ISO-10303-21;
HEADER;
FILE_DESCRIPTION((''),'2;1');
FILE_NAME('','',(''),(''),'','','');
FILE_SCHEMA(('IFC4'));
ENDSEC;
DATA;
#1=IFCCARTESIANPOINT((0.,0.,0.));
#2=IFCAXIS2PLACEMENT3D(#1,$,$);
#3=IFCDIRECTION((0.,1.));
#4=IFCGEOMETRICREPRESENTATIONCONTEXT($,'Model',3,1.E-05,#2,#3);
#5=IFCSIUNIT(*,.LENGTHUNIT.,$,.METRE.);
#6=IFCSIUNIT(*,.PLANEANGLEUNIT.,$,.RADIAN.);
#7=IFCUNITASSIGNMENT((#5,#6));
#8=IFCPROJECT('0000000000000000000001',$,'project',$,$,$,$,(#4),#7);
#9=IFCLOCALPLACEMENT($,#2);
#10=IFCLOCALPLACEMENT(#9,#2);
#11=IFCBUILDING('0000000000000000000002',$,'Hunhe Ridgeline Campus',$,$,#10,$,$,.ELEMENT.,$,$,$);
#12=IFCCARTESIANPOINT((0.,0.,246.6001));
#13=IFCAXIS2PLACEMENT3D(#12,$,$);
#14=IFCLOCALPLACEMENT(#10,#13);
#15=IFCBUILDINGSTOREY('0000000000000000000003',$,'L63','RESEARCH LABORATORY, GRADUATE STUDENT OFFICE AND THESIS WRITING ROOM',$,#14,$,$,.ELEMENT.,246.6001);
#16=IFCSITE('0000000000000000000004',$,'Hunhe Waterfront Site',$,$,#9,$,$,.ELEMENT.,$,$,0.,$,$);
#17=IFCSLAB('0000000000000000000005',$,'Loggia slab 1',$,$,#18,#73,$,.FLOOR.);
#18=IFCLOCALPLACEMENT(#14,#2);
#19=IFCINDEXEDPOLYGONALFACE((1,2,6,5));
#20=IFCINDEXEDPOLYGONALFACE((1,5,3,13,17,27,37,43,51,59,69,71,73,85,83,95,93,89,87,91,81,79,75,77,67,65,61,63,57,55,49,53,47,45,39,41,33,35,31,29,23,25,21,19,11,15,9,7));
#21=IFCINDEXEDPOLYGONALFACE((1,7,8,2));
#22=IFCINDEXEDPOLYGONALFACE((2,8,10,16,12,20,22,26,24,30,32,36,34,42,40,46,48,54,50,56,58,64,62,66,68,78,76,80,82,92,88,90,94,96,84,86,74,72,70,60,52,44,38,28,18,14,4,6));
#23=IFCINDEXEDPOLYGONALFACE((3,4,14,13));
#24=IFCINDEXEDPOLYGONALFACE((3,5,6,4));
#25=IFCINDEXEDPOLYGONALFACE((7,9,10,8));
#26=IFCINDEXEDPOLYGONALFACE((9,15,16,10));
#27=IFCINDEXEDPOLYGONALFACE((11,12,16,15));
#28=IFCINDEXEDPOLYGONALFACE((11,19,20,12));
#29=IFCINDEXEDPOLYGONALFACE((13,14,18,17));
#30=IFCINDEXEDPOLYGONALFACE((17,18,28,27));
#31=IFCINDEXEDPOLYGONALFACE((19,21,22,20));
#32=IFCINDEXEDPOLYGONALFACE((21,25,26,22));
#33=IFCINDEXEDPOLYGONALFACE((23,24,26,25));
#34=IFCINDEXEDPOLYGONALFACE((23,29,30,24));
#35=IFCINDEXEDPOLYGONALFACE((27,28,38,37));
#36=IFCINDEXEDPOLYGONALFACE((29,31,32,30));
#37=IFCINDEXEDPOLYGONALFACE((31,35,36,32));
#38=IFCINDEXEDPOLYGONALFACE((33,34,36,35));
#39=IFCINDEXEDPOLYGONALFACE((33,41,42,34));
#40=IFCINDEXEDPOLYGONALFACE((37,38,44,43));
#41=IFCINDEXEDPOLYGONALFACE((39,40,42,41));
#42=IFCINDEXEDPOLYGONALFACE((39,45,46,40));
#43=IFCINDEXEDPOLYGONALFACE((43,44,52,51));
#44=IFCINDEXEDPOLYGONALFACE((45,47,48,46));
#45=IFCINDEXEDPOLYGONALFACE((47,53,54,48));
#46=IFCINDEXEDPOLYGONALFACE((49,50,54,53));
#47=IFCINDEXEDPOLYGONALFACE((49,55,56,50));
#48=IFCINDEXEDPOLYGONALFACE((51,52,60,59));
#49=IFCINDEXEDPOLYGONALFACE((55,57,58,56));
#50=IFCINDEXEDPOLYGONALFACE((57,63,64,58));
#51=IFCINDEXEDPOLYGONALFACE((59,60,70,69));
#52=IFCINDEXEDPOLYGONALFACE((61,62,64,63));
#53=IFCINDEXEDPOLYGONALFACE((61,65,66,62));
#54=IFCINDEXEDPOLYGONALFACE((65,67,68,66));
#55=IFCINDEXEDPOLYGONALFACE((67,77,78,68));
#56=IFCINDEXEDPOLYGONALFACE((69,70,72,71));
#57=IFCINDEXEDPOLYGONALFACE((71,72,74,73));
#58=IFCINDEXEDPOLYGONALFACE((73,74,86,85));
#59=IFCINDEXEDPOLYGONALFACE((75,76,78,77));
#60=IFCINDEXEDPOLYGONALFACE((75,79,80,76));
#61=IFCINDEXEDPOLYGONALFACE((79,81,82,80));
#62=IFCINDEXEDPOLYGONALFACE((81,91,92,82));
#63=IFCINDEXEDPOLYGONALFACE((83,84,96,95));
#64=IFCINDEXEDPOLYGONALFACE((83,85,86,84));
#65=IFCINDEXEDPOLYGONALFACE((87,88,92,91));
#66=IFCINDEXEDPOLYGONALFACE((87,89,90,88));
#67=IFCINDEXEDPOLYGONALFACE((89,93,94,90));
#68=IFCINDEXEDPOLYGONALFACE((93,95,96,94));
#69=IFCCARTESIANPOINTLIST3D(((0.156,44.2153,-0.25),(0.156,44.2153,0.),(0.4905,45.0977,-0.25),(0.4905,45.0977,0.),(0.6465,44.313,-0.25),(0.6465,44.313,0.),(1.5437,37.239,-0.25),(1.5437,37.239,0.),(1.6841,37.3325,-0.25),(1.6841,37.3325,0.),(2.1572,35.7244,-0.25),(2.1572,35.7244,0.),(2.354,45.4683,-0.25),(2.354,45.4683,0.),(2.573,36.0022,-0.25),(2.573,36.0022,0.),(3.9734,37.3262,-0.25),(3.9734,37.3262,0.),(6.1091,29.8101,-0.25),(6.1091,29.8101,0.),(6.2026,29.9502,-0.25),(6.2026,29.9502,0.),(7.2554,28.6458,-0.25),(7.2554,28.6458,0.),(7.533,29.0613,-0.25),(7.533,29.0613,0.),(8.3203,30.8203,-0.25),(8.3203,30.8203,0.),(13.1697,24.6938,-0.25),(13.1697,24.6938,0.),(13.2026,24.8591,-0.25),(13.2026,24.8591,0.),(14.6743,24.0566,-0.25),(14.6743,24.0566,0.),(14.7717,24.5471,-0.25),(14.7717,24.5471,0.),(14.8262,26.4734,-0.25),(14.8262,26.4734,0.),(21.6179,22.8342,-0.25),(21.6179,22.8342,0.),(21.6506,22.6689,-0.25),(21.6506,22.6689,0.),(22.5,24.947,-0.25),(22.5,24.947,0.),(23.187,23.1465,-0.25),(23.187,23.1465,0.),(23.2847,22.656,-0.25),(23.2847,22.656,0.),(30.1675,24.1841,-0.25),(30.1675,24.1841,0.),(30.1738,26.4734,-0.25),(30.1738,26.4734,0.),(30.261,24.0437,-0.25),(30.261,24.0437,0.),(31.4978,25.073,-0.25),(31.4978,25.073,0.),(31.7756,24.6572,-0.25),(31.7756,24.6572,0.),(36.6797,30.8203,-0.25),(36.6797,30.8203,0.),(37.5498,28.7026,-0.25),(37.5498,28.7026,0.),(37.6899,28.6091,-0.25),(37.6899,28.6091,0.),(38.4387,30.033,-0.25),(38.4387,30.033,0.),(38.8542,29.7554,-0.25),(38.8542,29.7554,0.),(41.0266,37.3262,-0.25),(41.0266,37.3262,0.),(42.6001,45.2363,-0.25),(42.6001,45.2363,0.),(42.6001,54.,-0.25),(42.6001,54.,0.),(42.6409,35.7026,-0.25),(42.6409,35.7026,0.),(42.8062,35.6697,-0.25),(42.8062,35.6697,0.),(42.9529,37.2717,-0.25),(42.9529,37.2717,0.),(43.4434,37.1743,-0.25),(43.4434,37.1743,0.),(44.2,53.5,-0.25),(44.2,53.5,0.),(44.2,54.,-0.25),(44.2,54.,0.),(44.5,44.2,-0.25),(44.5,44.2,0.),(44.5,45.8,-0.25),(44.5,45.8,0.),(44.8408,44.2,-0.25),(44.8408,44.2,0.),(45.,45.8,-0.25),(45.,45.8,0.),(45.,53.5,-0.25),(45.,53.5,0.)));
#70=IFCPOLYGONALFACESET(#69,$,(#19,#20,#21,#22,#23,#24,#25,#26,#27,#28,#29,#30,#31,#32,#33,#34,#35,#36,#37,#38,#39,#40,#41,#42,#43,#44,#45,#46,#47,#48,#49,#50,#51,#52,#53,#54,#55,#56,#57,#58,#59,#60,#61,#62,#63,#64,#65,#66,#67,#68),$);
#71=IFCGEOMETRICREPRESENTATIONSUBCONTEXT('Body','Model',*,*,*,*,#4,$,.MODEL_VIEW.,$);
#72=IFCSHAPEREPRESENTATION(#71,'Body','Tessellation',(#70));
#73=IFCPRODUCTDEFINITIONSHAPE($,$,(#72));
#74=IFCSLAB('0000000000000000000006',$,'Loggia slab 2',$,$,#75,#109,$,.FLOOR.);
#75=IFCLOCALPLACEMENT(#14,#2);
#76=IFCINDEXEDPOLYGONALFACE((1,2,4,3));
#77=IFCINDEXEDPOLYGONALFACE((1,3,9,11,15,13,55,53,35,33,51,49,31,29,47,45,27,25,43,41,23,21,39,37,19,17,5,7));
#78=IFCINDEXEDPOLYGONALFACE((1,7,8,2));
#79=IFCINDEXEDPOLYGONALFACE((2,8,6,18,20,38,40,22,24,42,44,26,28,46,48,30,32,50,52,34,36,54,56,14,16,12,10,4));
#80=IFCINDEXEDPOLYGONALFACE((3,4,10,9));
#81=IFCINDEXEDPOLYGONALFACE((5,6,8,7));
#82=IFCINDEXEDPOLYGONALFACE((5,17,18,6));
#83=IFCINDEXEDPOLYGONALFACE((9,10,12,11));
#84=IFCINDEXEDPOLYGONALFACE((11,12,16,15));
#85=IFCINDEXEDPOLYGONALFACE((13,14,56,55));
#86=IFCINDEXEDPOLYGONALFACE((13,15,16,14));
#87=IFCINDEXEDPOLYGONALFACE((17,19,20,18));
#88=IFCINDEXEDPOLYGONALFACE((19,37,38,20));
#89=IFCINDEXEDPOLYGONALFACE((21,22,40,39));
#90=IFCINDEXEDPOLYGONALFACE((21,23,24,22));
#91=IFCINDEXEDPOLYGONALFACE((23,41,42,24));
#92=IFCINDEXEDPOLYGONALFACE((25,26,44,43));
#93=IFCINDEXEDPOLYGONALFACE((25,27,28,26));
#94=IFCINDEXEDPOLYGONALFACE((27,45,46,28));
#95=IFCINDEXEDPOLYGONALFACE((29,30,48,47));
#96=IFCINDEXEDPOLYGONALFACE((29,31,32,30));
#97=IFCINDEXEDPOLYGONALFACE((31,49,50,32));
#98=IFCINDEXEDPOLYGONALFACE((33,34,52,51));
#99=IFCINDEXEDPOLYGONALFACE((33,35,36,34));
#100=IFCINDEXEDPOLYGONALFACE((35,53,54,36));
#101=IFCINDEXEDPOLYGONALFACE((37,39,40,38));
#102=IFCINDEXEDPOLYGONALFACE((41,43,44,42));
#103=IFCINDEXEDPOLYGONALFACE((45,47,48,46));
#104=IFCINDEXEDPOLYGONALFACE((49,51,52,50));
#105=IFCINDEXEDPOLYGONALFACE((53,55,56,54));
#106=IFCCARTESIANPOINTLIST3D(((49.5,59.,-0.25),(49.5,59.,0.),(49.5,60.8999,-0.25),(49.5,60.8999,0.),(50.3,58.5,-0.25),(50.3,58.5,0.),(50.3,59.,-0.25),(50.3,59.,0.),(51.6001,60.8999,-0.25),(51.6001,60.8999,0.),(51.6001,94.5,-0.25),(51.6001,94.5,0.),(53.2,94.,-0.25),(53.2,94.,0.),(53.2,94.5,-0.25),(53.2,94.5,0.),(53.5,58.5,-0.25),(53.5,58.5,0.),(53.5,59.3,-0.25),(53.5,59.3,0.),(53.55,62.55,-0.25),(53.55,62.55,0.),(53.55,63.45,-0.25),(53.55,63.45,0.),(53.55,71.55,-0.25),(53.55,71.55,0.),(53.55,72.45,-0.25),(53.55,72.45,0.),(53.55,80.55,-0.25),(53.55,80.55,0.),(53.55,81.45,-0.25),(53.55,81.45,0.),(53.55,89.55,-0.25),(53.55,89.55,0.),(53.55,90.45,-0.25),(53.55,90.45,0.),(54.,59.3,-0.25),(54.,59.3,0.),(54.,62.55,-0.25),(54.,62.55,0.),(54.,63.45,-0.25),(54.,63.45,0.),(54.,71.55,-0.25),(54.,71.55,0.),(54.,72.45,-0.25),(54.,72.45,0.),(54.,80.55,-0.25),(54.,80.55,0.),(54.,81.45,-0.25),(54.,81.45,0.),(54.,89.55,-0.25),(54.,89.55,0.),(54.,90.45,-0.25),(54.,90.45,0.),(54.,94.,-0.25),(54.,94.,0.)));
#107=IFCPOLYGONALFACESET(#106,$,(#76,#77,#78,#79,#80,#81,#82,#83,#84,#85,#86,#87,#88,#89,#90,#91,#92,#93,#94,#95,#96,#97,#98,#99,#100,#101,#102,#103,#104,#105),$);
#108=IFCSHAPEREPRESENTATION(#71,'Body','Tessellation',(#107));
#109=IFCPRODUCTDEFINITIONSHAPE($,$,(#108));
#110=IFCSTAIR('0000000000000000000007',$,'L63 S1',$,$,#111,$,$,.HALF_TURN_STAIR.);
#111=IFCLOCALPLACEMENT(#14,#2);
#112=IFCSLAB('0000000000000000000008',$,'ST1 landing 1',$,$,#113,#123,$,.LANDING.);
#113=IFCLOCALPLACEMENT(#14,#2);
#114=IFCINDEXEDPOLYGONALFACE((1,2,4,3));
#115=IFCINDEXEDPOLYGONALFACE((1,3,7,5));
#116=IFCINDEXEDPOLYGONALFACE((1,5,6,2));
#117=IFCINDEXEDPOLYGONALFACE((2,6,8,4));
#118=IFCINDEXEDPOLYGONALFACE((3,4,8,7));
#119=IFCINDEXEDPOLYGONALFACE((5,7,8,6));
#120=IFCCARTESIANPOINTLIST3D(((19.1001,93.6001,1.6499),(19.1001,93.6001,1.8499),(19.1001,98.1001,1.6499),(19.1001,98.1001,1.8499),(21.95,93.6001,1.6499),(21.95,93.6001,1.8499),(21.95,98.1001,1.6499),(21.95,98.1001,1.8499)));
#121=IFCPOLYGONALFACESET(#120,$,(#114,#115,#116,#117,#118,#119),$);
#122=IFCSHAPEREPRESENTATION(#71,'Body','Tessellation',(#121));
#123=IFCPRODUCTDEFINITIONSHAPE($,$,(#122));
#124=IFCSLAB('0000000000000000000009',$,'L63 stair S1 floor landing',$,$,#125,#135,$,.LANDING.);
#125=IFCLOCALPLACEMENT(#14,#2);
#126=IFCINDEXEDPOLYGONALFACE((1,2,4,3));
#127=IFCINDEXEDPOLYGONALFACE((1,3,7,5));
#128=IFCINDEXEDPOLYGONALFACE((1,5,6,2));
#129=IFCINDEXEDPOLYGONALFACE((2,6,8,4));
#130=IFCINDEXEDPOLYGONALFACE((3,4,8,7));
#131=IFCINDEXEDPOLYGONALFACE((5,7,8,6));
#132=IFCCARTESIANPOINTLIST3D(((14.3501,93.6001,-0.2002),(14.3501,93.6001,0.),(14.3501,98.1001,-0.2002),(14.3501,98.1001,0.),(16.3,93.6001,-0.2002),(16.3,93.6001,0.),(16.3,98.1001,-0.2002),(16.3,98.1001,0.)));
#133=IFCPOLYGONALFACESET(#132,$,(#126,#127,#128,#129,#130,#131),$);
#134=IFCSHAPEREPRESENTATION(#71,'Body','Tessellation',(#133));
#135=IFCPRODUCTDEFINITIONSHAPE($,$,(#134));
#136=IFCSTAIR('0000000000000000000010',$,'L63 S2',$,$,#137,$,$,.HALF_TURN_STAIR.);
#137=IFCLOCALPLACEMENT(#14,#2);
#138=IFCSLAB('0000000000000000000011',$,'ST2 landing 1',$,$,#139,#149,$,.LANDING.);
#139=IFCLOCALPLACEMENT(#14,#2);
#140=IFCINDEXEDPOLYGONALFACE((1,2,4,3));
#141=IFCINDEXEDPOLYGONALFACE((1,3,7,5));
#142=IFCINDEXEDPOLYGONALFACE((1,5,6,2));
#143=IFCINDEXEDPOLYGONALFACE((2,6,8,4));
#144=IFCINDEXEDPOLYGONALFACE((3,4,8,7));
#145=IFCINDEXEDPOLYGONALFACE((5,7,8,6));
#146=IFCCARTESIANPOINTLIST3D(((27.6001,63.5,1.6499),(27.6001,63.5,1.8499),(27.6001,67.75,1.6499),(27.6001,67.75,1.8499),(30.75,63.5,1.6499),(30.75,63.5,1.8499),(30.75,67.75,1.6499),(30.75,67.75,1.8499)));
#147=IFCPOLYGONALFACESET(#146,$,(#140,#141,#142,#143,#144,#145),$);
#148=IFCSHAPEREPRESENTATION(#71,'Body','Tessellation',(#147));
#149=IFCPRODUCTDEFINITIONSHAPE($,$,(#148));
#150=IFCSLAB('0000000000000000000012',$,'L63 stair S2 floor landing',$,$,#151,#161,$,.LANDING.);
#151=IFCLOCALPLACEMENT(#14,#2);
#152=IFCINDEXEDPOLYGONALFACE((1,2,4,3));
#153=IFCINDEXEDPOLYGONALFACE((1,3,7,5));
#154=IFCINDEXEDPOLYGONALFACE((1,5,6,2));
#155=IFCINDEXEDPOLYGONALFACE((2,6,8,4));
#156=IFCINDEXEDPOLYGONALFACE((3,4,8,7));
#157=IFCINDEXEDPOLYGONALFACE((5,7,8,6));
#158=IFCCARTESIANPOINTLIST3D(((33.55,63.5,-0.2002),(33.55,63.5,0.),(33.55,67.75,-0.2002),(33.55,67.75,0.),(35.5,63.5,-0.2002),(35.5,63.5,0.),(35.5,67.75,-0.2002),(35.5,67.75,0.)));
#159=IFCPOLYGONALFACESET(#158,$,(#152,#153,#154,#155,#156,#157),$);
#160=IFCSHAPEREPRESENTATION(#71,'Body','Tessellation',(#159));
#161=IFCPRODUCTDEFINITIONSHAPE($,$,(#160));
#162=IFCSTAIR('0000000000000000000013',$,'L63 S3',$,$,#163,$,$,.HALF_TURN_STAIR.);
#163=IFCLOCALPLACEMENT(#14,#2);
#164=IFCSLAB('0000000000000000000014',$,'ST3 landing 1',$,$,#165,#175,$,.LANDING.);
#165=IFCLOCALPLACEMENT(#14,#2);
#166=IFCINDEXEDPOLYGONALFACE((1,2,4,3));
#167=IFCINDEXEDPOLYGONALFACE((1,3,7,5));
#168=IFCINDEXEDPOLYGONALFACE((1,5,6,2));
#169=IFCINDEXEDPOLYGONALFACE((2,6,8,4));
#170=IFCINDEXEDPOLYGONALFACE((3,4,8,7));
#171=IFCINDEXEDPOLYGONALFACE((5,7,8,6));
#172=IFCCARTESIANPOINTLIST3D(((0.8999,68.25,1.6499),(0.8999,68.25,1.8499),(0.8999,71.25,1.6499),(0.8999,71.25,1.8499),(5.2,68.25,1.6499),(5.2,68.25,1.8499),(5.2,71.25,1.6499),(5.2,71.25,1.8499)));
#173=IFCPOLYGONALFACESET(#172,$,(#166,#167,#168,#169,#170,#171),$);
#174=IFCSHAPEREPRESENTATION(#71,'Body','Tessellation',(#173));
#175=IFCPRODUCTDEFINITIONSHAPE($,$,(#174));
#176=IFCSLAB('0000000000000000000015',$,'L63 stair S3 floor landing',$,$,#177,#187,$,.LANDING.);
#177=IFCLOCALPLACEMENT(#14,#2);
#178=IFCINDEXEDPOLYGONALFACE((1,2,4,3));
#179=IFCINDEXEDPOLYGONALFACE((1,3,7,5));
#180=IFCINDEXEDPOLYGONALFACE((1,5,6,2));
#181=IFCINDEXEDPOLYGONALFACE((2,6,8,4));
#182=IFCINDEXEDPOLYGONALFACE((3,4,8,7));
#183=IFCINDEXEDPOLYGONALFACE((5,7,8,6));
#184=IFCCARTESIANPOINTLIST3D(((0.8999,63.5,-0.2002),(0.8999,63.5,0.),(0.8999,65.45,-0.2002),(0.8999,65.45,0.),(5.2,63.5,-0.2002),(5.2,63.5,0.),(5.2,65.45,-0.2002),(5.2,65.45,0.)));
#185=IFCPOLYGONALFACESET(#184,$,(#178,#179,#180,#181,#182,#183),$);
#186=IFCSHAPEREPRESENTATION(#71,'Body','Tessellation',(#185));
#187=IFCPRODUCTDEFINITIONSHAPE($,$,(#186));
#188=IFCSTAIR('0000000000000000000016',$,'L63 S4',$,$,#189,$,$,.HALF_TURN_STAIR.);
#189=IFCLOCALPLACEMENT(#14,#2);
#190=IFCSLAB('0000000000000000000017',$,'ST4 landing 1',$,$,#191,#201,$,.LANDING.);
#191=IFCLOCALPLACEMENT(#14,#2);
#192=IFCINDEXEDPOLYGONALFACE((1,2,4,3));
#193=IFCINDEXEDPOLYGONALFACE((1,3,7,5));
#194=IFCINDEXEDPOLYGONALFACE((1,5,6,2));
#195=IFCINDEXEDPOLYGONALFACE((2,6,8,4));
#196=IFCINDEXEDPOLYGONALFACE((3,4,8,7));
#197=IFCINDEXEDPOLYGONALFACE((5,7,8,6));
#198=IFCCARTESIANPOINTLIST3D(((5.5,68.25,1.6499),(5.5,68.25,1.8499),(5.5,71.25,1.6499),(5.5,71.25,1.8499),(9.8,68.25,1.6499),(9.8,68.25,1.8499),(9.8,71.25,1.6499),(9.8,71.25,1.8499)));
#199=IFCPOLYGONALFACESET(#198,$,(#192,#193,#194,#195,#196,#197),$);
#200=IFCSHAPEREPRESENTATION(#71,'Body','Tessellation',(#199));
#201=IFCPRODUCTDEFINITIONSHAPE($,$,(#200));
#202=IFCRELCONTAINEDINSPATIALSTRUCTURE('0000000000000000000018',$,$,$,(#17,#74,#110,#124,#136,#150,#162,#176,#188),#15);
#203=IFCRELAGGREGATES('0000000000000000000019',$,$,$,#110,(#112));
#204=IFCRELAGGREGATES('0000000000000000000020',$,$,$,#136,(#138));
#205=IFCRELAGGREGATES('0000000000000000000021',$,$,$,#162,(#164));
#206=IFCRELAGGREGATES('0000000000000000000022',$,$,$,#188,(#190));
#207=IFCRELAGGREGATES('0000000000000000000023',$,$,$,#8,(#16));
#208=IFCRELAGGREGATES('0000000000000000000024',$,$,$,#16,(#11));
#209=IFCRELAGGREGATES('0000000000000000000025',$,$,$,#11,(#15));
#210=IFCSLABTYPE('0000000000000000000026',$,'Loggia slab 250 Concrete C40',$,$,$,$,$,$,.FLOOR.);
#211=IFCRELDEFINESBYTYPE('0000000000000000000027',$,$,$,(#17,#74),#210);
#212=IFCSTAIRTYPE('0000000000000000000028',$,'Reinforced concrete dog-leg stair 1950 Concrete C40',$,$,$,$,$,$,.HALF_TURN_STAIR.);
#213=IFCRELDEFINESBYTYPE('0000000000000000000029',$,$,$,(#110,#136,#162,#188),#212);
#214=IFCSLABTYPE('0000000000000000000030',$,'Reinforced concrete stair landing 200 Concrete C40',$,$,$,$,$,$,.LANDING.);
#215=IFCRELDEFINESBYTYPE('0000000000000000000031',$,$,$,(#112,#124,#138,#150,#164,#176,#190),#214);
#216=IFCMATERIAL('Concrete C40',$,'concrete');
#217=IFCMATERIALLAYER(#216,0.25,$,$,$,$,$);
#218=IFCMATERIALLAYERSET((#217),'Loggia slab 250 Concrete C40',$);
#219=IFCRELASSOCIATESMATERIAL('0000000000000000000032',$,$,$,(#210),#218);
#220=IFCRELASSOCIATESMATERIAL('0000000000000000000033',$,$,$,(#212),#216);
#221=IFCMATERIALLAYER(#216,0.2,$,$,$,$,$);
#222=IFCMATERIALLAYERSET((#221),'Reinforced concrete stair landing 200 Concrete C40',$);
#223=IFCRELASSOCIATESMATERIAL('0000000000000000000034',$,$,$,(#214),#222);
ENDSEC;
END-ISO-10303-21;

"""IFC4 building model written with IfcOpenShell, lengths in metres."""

from ifc_helpers import new_model, si_unit, direction, frame, origin, place, context, subcontext, project, spatial, polyline, outline, extrude, material, layer, layer_set, type_object, element, aggregate, save


model = new_model("IFC4")

# Units and contexts
model_context = context("Model", 3, precision=1e-05, world=origin(), true_north=direction((0.0, 1.0)))
body_context = subcontext(model_context, "Body", "Model", "MODEL_VIEW")
ifc_project = project(units=[si_unit("LENGTHUNIT", "METRE"), si_unit("PLANEANGLEUNIT", "RADIAN")], contexts=[model_context])

# Site, building, storey
site_placement = place(None, origin())
site = spatial("IfcSite", under=ifc_project, at=site_placement, Name="Hunhe Waterfront Site", CompositionType="ELEMENT", RefElevation=0.0)
building_placement = place(site_placement, origin())
building = spatial("IfcBuilding", under=site, at=building_placement, Name="Hunhe Ridgeline Campus", CompositionType="ELEMENT")
storey_placement = place(building_placement, frame((0.0, 0.0, 246.6001)))
storey = spatial("IfcBuildingStorey", under=building, at=storey_placement, Name="L63", Description="RESEARCH LABORATORY, GRADUATE STUDENT OFFICE AND THESIS WRITING ROOM", CompositionType="ELEMENT", Elevation=246.6001)

# Slabs
ifc_material_1 = material(Name="Concrete C40", Category="concrete")
ifc_layer_1 = layer(ifc_material_1, 0.25)
ifc_layer_set_1 = layer_set([ifc_layer_1], Name="Loggia slab 250 Concrete C40")
slab_type_1 = type_object("IfcSlabType", Name="Loggia slab 250 Concrete C40", PredefinedType="FLOOR", material=ifc_layer_set_1)
slab_1_placement = place(storey_placement, frame((0.0, 0.0, -0.25)))
element("IfcSlab", 1, at=slab_1_placement, inside=storey, type_object=slab_type_1, Name="Loggia slab 1", PredefinedType="FLOOR", context=body_context, shape_type="SweptSolid", body=[
    extrude(outline(polyline([(30.1738, 26.4734), (22.5, 24.947), (14.8262, 26.4734), (8.3203, 30.8203), (3.9734, 37.3262), (2.354, 45.4683), (0.4905, 45.0977), (0.6465, 44.313), (0.156, 44.2153), (1.5437, 37.239), (1.6841, 37.3325), (2.573, 36.0022), (2.1572, 35.7244), (6.1091, 29.8101), (6.2026, 29.9502), (7.533, 29.0613), (7.2554, 28.6458), (13.1697, 24.6938), (13.2026, 24.8591), (14.7717, 24.5471), (14.6743, 24.0566), (21.6506, 22.6689), (21.6179, 22.8342), (23.187, 23.1465), (23.2847, 22.656), (30.261, 24.0437), (30.1675, 24.1841), (31.4978, 25.073), (31.7756, 24.6572), (37.6899, 28.6091), (37.5498, 28.7026), (38.4387, 30.033), (38.8542, 29.7554), (42.8062, 35.6697), (42.6409, 35.7026), (42.9529, 37.2717), (43.4434, 37.1743), (44.8408, 44.2), (44.5, 44.2), (44.5, 45.8), (45.0, 45.8), (45.0, 53.5), (44.2, 53.5), (44.2, 54.0), (42.6001, 54.0), (42.6001, 45.2363), (41.0266, 37.3262), (36.6797, 30.8203), (30.1738, 26.4734)])), origin(), (0.0, 0.0, 1.0), 0.25),
])
slab_2_placement = place(storey_placement, frame((0.0, 0.0, -0.25)))
element("IfcSlab", 2, at=slab_2_placement, inside=storey, type_object=slab_type_1, Name="Loggia slab 2", PredefinedType="FLOOR", context=body_context, shape_type="SweptSolid", body=[
    extrude(outline(polyline([(49.5, 59.0), (50.3, 59.0), (50.3, 58.5), (53.5, 58.5), (53.5, 59.3), (54.0, 59.3), (54.0, 62.55), (53.55, 62.55), (53.55, 63.45), (54.0, 63.45), (54.0, 71.55), (53.55, 71.55), (53.55, 72.45), (54.0, 72.45), (54.0, 80.55), (53.55, 80.55), (53.55, 81.45), (54.0, 81.45), (54.0, 89.55), (53.55, 89.55), (53.55, 90.45), (54.0, 90.45), (54.0, 94.0), (53.2, 94.0), (53.2, 94.5), (51.6001, 94.5), (51.6001, 60.8999), (49.5, 60.8999), (49.5, 59.0)])), origin(), (0.0, 0.0, 1.0), 0.25),
])

# Stair, slab
stair_type = type_object("IfcStairType", Name="Reinforced concrete dog-leg stair 1950 Concrete C40", PredefinedType="HALF_TURN_STAIR", material=ifc_material_1)
stair_1_placement = place(storey_placement, origin())
stair_1 = element("IfcStair", 3, at=stair_1_placement, inside=storey, type_object=stair_type, Name="L63 S1", PredefinedType="HALF_TURN_STAIR")
ifc_layer_2 = layer(ifc_material_1, 0.2)
ifc_layer_set_2 = layer_set([ifc_layer_2], Name="Reinforced concrete stair landing 200 Concrete C40")
slab_type_2 = type_object("IfcSlabType", Name="Reinforced concrete stair landing 200 Concrete C40", PredefinedType="LANDING", material=ifc_layer_set_2)
slab_3_placement = place(storey_placement, frame((0.0, 0.0, 1.6499)))
slab_3 = element("IfcSlab", 4, at=slab_3_placement, type_object=slab_type_2, Name="ST1 landing 1", PredefinedType="LANDING", context=body_context, shape_type="SweptSolid", body=[
    extrude(outline(polyline([(19.1001, 93.6001), (21.95, 93.6001), (21.95, 98.1001), (19.1001, 98.1001), (19.1001, 93.6001)])), origin(), (0.0, 0.0, 1.0), 0.2),
])
aggregate(stair_1, [slab_3])

# Slab
slab_4_placement = place(storey_placement, frame((0.0, 0.0, -0.2002)))
element("IfcSlab", 5, at=slab_4_placement, inside=storey, type_object=slab_type_2, Name="L63 stair S1 floor landing", PredefinedType="LANDING", context=body_context, shape_type="SweptSolid", body=[
    extrude(outline(polyline([(14.3501, 93.6001), (16.3, 93.6001), (16.3, 98.1001), (14.3501, 98.1001), (14.3501, 93.6001)])), origin(), (0.0, 0.0, 1.0), 0.2002),
])

# Stair, slab
stair_2_placement = place(storey_placement, origin())
stair_2 = element("IfcStair", 6, at=stair_2_placement, inside=storey, type_object=stair_type, Name="L63 S2", PredefinedType="HALF_TURN_STAIR")
slab_5_placement = place(storey_placement, frame((0.0, 0.0, 1.6499)))
slab_5 = element("IfcSlab", 7, at=slab_5_placement, type_object=slab_type_2, Name="ST2 landing 1", PredefinedType="LANDING", context=body_context, shape_type="SweptSolid", body=[
    extrude(outline(polyline([(30.75, 67.75), (27.6001, 67.75), (27.6001, 63.5), (30.75, 63.5), (30.75, 67.75)])), origin(), (0.0, 0.0, 1.0), 0.2),
])
aggregate(stair_2, [slab_5])

# Slab
slab_6_placement = place(storey_placement, frame((0.0, 0.0, -0.2002)))
element("IfcSlab", 8, at=slab_6_placement, inside=storey, type_object=slab_type_2, Name="L63 stair S2 floor landing", PredefinedType="LANDING", context=body_context, shape_type="SweptSolid", body=[
    extrude(outline(polyline([(35.5, 67.75), (33.55, 67.75), (33.55, 63.5), (35.5, 63.5), (35.5, 67.75)])), origin(), (0.0, 0.0, 1.0), 0.2002),
])

# Stair, slab
stair_3_placement = place(storey_placement, origin())
stair_3 = element("IfcStair", 9, at=stair_3_placement, inside=storey, type_object=stair_type, Name="L63 S3", PredefinedType="HALF_TURN_STAIR")
slab_7_placement = place(storey_placement, frame((0.0, 0.0, 1.6499)))
slab_7 = element("IfcSlab", 10, at=slab_7_placement, type_object=slab_type_2, Name="ST3 landing 1", PredefinedType="LANDING", context=body_context, shape_type="SweptSolid", body=[
    extrude(outline(polyline([(5.2, 68.25), (5.2, 71.25), (0.8999, 71.25), (0.8999, 68.25), (5.2, 68.25)])), origin(), (0.0, 0.0, 1.0), 0.2),
])
aggregate(stair_3, [slab_7])

# Slab
slab_8_placement = place(storey_placement, frame((0.0, 0.0, -0.2002)))
element("IfcSlab", 11, at=slab_8_placement, inside=storey, type_object=slab_type_2, Name="L63 stair S3 floor landing", PredefinedType="LANDING", context=body_context, shape_type="SweptSolid", body=[
    extrude(outline(polyline([(5.2, 63.5), (5.2, 65.45), (0.8999, 65.45), (0.8999, 63.5), (5.2, 63.5)])), origin(), (0.0, 0.0, 1.0), 0.2002),
])

# Stair, slab
stair_4_placement = place(storey_placement, origin())
stair_4 = element("IfcStair", 12, at=stair_4_placement, inside=storey, type_object=stair_type, Name="L63 S4", PredefinedType="HALF_TURN_STAIR")
slab_9_placement = place(storey_placement, frame((0.0, 0.0, 1.6499)))
slab_9 = element("IfcSlab", 13, at=slab_9_placement, type_object=slab_type_2, Name="ST4 landing 1", PredefinedType="LANDING", context=body_context, shape_type="SweptSolid", body=[
    extrude(outline(polyline([(9.8, 68.25), (9.8, 71.25), (5.5, 71.25), (5.5, 68.25), (9.8, 68.25)])), origin(), (0.0, 0.0, 1.0), 0.2),
])
aggregate(stair_4, [slab_9])

save(model, "model.ifc")
